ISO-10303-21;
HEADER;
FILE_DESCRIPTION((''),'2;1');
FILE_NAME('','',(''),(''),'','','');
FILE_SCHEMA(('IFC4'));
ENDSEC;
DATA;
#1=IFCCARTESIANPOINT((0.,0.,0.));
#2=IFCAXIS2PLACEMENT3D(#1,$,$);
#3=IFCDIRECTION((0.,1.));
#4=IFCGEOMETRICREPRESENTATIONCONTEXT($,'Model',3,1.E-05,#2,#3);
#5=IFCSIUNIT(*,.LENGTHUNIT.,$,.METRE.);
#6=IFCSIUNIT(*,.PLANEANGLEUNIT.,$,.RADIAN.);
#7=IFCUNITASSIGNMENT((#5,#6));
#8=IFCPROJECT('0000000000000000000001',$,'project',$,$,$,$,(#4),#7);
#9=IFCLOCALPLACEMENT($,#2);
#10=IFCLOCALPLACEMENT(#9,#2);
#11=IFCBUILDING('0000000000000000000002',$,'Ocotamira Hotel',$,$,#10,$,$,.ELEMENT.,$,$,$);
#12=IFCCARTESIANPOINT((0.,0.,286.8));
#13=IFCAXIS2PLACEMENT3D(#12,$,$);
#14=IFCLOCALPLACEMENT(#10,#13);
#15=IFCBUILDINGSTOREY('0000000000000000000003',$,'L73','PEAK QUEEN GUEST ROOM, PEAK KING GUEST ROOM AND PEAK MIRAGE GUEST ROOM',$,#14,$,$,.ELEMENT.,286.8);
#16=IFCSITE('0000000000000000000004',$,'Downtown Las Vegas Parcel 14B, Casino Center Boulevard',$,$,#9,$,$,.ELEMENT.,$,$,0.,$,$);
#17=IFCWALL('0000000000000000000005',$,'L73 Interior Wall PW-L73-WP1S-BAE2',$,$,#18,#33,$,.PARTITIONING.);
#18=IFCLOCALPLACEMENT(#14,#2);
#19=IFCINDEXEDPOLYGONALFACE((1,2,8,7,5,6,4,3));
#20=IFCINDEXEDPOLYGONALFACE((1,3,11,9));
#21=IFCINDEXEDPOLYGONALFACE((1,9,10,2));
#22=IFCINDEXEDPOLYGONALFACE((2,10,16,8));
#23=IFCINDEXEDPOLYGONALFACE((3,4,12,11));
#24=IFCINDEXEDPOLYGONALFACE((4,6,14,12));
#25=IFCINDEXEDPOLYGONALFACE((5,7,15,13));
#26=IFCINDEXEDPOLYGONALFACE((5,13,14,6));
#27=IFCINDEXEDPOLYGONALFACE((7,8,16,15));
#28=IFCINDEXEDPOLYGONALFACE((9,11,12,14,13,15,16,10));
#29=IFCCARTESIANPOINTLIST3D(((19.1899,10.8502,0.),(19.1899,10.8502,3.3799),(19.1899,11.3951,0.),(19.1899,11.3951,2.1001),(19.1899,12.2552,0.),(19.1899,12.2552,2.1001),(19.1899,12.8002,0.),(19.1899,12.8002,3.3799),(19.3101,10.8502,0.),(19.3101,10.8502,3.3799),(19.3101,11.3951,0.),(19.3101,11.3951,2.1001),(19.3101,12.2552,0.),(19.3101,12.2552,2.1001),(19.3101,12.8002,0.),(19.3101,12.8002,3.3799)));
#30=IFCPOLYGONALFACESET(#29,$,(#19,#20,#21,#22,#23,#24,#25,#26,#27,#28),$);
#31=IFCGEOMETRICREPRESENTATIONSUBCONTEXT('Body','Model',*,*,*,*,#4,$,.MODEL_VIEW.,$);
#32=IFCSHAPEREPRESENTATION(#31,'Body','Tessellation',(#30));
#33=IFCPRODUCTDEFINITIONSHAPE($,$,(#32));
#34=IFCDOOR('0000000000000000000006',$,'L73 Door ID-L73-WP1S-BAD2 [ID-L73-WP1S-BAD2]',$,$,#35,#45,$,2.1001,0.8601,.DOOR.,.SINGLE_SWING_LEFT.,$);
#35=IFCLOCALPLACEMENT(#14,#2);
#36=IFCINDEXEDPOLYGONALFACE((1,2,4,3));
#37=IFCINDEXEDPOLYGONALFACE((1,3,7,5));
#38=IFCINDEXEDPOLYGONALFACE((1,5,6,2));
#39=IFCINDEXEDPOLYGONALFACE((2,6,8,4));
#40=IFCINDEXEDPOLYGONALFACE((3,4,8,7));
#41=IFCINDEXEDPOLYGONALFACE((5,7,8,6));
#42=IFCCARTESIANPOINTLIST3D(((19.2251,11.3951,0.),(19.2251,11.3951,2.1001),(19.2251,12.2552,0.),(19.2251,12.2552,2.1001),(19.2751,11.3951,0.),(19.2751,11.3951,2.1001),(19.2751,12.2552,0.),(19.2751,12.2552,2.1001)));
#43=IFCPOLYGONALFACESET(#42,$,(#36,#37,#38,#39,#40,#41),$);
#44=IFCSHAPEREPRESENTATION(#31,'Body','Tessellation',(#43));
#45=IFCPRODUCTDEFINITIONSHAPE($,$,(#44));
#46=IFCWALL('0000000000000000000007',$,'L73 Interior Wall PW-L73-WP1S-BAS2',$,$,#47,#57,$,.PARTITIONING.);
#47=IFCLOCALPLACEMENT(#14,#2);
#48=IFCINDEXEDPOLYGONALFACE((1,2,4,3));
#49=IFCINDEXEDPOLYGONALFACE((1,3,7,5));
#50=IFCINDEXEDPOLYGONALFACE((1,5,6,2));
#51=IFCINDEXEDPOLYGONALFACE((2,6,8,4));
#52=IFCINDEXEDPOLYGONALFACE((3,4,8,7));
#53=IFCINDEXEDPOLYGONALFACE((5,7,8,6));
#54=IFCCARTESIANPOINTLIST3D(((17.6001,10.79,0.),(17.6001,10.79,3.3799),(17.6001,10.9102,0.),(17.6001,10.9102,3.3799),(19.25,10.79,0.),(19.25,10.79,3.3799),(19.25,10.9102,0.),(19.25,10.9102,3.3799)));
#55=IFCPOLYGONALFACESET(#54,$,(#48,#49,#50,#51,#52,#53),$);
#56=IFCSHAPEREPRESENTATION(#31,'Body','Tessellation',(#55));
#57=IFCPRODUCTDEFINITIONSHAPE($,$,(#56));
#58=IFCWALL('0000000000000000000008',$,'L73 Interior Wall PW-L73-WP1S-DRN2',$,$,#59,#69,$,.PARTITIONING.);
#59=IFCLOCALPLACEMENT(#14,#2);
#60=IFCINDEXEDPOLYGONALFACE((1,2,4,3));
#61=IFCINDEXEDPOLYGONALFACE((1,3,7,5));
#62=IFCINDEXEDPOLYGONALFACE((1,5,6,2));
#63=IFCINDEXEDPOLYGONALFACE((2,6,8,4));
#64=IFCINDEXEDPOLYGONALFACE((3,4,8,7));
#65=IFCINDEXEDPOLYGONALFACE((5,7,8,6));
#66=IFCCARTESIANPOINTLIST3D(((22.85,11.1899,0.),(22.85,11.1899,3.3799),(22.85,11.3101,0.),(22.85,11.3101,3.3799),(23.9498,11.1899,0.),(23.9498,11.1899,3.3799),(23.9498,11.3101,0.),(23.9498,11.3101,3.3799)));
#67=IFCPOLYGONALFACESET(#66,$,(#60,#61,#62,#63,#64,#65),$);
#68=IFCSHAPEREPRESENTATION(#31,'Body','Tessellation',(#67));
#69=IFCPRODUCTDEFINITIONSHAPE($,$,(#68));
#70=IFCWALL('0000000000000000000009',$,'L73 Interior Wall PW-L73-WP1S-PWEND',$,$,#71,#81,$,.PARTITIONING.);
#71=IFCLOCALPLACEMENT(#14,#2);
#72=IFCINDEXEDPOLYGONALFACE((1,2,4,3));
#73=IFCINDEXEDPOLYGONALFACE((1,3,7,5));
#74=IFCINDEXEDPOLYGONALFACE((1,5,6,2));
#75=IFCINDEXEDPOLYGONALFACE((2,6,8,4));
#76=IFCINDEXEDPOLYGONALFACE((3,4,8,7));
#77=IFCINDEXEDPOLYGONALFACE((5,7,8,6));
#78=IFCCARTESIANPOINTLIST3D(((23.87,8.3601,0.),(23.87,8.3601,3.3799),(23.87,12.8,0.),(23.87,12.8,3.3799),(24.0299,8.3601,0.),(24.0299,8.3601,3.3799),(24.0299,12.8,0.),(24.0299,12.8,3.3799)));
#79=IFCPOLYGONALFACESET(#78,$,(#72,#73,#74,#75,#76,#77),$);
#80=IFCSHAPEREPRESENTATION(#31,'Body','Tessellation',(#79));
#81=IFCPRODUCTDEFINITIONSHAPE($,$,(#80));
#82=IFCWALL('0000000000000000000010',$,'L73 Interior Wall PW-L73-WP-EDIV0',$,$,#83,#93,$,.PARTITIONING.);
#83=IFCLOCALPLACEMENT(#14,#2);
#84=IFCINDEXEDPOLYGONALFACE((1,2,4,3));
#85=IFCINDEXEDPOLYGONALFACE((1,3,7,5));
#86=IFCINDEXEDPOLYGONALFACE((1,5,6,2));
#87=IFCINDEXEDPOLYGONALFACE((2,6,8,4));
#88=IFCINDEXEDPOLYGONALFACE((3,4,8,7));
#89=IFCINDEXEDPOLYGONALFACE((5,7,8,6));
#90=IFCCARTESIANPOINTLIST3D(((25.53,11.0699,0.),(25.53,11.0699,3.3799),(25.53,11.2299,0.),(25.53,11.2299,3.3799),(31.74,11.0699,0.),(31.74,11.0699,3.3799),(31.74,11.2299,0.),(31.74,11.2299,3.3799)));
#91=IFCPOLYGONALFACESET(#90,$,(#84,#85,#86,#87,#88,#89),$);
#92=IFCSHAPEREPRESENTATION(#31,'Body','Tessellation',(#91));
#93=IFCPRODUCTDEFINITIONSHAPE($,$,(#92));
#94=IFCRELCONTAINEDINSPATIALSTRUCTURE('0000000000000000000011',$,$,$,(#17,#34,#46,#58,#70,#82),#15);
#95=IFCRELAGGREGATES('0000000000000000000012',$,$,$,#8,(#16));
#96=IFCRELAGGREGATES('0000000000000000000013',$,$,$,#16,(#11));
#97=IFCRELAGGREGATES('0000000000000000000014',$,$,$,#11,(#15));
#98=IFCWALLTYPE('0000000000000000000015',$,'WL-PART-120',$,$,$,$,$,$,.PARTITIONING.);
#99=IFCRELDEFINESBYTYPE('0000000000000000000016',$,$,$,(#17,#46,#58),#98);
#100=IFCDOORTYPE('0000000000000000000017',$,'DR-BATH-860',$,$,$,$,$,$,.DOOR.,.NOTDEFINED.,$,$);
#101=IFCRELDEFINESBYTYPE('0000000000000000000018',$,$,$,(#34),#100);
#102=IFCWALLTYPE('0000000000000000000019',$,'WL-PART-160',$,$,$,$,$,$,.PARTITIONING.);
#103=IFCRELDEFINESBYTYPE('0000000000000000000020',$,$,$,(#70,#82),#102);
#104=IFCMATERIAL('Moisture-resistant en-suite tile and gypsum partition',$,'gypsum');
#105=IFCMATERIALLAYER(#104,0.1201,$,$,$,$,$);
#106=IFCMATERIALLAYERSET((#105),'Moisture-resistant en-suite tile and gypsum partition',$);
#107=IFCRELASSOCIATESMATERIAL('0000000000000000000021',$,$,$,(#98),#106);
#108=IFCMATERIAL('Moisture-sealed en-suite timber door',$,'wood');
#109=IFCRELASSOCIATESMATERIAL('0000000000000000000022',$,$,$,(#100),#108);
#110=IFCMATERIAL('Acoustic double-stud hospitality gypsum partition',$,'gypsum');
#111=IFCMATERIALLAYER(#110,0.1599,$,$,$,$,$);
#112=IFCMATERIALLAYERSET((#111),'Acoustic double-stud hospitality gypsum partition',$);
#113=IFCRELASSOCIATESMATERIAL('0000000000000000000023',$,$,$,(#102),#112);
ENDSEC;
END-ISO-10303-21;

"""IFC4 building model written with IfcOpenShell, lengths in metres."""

from ifc_helpers import new_model, si_unit, direction, frame, frame_2d, origin, place, context, subcontext, project, spatial, rectangle, extrude, source, transform, mapped, material, layer, layer_set, type_object, element, fill, save


model = new_model("IFC4")

# Units and contexts
model_context = context("Model", 3, precision=1e-05, world=origin(), true_north=direction((0.0, 1.0)))
body_context = subcontext(model_context, "Body", "Model", "MODEL_VIEW")
ifc_project = project(units=[si_unit("LENGTHUNIT", "METRE"), si_unit("PLANEANGLEUNIT", "RADIAN")], contexts=[model_context])

# Site, building, storey
site_placement = place(None, origin())
site = spatial("IfcSite", under=ifc_project, at=site_placement, Name="Downtown Las Vegas Parcel 14B, Casino Center Boulevard", CompositionType="ELEMENT", RefElevation=0.0)
building_placement = place(site_placement, origin())
building = spatial("IfcBuilding", under=site, at=building_placement, Name="Ocotamira Hotel", CompositionType="ELEMENT")
storey_placement = place(building_placement, frame((0.0, 0.0, 286.8)))
storey = spatial("IfcBuildingStorey", under=building, at=storey_placement, Name="L73", Description="PEAK QUEEN GUEST ROOM, PEAK KING GUEST ROOM AND PEAK MIRAGE GUEST ROOM", CompositionType="ELEMENT", Elevation=286.8)

# Wall, opening, door
ifc_material_1 = material(Name="Moisture-resistant en-suite tile and gypsum partition", Category="gypsum")
ifc_layer_1 = layer(ifc_material_1, 0.1201)
ifc_layer_set_1 = layer_set([ifc_layer_1], Name="Moisture-resistant en-suite tile and gypsum partition")
wall_type_1 = type_object("IfcWallType", Name="WL-PART-120", PredefinedType="PARTITIONING", material=ifc_layer_set_1)
wall_1_placement = place(storey_placement, frame((19.25, 10.8501, 0.0), z_axis=(0.0, 0.0, 1.0), x_axis=(0.0, 1.0, 0.0)))
wall_1 = element("IfcWall", 1, at=wall_1_placement, inside=storey, type_object=wall_type_1, Name="L73 Interior Wall PW-L73-WP1S-BAE2", PredefinedType="PARTITIONING", context=body_context, shape_type="SweptSolid", body=[
    extrude(rectangle(XDim=1.95, YDim=0.1201, at=frame_2d((0.9751, 0.0))), origin(), (0.0, 0.0, 1.0), 3.3799),
])
opening_1_placement = place(wall_1_placement, frame((0.5449, 0.0, 0.0)))
opening_1 = element("IfcOpeningElement", 2, at=opening_1_placement, cuts=wall_1, PredefinedType="OPENING", context=body_context, shape_type="SweptSolid", body=[
    extrude(rectangle(XDim=0.8601, YDim=2.1001, at=frame_2d((0.4302, 1.05))), frame((0.0, 0.0701, 0.0), z_axis=(0.0, -1.0, 0.0), x_axis=(1.0, 0.0, 0.0)), (0.0, 0.0, 1.0), 0.1401),
])
ifc_material_2 = material(Name="Moisture-sealed en-suite timber door", Category="wood")
door_type_1 = type_object("IfcDoorType", Name="DR-BATH-860", OperationType="NOTDEFINED", PredefinedType="DOOR", material=ifc_material_2)
shared_shape_1 = source(origin(), body_context, "Body", "SweptSolid", [
    extrude(rectangle(XDim=0.8601, YDim=2.1001, at=frame_2d((0.4302, 1.05))), frame((0.0, 0.0249, 0.0), z_axis=(0.0, -1.0, 0.0), x_axis=(1.0, 0.0, 0.0)), (0.0, 0.0, 1.0), 0.05),
])
door_1_placement = place(opening_1_placement, origin())
door_1 = element("IfcDoor", 3, at=door_1_placement, inside=storey, type_object=door_type_1, Name="L73 Door ID-L73-WP1S-BAD2 [ID-L73-WP1S-BAD2]", OperationType="SINGLE_SWING_LEFT", OverallHeight=2.1001, OverallWidth=0.8601, PredefinedType="DOOR", context=body_context, shape_type="MappedRepresentation", body=[
    mapped(shared_shape_1, transform((0.0, 0.0, 0.0), scale=1.0)),
])
fill(opening_1, door_1)

# Walls
wall_2_placement = place(storey_placement, frame((17.6001, 10.8501, 0.0), z_axis=(0.0, 0.0, 1.0), x_axis=(1.0, 0.0, 0.0)))
element("IfcWall", 4, at=wall_2_placement, inside=storey, type_object=wall_type_1, Name="L73 Interior Wall PW-L73-WP1S-BAS2", PredefinedType="PARTITIONING", context=body_context, shape_type="SweptSolid", body=[
    extrude(rectangle(XDim=1.6499, YDim=0.1201, at=frame_2d((0.825, 0.0))), origin(), (0.0, 0.0, 1.0), 3.3799),
])
wall_3_placement = place(storey_placement, frame((22.8501, 11.25, 0.0), z_axis=(0.0, 0.0, 1.0), x_axis=(1.0, 0.0, 0.0)))
element("IfcWall", 5, at=wall_3_placement, inside=storey, type_object=wall_type_1, Name="L73 Interior Wall PW-L73-WP1S-DRN2", PredefinedType="PARTITIONING", context=body_context, shape_type="SweptSolid", body=[
    extrude(rectangle(XDim=1.0999, YDim=0.1201, at=frame_2d((0.5498, 0.0))), origin(), (0.0, 0.0, 1.0), 3.3799),
])
ifc_material_3 = material(Name="Acoustic double-stud hospitality gypsum partition", Category="gypsum")
ifc_layer_2 = layer(ifc_material_3, 0.1599)
ifc_layer_set_2 = layer_set([ifc_layer_2], Name="Acoustic double-stud hospitality gypsum partition")
wall_type_2 = type_object("IfcWallType", Name="WL-PART-160", PredefinedType="PARTITIONING", material=ifc_layer_set_2)
wall_4_placement = place(storey_placement, frame((23.95, 8.3601, 0.0), z_axis=(0.0, 0.0, 1.0), x_axis=(0.0, 1.0, 0.0)))
element("IfcWall", 6, at=wall_4_placement, inside=storey, type_object=wall_type_2, Name="L73 Interior Wall PW-L73-WP1S-PWEND", PredefinedType="PARTITIONING", context=body_context, shape_type="SweptSolid", body=[
    extrude(rectangle(XDim=4.4399, YDim=0.1599, at=frame_2d((2.22, 0.0))), origin(), (0.0, 0.0, 1.0), 3.3799),
])
wall_5_placement = place(storey_placement, frame((25.53, 11.1499, 0.0), z_axis=(0.0, 0.0, 1.0), x_axis=(1.0, 0.0, 0.0)))
element("IfcWall", 7, at=wall_5_placement, inside=storey, type_object=wall_type_2, Name="L73 Interior Wall PW-L73-WP-EDIV0", PredefinedType="PARTITIONING", context=body_context, shape_type="SweptSolid", body=[
    extrude(rectangle(XDim=6.21, YDim=0.1599, at=frame_2d((3.105, 0.0))), origin(), (0.0, 0.0, 1.0), 3.3799),
])

save(model, "model.ifc")
